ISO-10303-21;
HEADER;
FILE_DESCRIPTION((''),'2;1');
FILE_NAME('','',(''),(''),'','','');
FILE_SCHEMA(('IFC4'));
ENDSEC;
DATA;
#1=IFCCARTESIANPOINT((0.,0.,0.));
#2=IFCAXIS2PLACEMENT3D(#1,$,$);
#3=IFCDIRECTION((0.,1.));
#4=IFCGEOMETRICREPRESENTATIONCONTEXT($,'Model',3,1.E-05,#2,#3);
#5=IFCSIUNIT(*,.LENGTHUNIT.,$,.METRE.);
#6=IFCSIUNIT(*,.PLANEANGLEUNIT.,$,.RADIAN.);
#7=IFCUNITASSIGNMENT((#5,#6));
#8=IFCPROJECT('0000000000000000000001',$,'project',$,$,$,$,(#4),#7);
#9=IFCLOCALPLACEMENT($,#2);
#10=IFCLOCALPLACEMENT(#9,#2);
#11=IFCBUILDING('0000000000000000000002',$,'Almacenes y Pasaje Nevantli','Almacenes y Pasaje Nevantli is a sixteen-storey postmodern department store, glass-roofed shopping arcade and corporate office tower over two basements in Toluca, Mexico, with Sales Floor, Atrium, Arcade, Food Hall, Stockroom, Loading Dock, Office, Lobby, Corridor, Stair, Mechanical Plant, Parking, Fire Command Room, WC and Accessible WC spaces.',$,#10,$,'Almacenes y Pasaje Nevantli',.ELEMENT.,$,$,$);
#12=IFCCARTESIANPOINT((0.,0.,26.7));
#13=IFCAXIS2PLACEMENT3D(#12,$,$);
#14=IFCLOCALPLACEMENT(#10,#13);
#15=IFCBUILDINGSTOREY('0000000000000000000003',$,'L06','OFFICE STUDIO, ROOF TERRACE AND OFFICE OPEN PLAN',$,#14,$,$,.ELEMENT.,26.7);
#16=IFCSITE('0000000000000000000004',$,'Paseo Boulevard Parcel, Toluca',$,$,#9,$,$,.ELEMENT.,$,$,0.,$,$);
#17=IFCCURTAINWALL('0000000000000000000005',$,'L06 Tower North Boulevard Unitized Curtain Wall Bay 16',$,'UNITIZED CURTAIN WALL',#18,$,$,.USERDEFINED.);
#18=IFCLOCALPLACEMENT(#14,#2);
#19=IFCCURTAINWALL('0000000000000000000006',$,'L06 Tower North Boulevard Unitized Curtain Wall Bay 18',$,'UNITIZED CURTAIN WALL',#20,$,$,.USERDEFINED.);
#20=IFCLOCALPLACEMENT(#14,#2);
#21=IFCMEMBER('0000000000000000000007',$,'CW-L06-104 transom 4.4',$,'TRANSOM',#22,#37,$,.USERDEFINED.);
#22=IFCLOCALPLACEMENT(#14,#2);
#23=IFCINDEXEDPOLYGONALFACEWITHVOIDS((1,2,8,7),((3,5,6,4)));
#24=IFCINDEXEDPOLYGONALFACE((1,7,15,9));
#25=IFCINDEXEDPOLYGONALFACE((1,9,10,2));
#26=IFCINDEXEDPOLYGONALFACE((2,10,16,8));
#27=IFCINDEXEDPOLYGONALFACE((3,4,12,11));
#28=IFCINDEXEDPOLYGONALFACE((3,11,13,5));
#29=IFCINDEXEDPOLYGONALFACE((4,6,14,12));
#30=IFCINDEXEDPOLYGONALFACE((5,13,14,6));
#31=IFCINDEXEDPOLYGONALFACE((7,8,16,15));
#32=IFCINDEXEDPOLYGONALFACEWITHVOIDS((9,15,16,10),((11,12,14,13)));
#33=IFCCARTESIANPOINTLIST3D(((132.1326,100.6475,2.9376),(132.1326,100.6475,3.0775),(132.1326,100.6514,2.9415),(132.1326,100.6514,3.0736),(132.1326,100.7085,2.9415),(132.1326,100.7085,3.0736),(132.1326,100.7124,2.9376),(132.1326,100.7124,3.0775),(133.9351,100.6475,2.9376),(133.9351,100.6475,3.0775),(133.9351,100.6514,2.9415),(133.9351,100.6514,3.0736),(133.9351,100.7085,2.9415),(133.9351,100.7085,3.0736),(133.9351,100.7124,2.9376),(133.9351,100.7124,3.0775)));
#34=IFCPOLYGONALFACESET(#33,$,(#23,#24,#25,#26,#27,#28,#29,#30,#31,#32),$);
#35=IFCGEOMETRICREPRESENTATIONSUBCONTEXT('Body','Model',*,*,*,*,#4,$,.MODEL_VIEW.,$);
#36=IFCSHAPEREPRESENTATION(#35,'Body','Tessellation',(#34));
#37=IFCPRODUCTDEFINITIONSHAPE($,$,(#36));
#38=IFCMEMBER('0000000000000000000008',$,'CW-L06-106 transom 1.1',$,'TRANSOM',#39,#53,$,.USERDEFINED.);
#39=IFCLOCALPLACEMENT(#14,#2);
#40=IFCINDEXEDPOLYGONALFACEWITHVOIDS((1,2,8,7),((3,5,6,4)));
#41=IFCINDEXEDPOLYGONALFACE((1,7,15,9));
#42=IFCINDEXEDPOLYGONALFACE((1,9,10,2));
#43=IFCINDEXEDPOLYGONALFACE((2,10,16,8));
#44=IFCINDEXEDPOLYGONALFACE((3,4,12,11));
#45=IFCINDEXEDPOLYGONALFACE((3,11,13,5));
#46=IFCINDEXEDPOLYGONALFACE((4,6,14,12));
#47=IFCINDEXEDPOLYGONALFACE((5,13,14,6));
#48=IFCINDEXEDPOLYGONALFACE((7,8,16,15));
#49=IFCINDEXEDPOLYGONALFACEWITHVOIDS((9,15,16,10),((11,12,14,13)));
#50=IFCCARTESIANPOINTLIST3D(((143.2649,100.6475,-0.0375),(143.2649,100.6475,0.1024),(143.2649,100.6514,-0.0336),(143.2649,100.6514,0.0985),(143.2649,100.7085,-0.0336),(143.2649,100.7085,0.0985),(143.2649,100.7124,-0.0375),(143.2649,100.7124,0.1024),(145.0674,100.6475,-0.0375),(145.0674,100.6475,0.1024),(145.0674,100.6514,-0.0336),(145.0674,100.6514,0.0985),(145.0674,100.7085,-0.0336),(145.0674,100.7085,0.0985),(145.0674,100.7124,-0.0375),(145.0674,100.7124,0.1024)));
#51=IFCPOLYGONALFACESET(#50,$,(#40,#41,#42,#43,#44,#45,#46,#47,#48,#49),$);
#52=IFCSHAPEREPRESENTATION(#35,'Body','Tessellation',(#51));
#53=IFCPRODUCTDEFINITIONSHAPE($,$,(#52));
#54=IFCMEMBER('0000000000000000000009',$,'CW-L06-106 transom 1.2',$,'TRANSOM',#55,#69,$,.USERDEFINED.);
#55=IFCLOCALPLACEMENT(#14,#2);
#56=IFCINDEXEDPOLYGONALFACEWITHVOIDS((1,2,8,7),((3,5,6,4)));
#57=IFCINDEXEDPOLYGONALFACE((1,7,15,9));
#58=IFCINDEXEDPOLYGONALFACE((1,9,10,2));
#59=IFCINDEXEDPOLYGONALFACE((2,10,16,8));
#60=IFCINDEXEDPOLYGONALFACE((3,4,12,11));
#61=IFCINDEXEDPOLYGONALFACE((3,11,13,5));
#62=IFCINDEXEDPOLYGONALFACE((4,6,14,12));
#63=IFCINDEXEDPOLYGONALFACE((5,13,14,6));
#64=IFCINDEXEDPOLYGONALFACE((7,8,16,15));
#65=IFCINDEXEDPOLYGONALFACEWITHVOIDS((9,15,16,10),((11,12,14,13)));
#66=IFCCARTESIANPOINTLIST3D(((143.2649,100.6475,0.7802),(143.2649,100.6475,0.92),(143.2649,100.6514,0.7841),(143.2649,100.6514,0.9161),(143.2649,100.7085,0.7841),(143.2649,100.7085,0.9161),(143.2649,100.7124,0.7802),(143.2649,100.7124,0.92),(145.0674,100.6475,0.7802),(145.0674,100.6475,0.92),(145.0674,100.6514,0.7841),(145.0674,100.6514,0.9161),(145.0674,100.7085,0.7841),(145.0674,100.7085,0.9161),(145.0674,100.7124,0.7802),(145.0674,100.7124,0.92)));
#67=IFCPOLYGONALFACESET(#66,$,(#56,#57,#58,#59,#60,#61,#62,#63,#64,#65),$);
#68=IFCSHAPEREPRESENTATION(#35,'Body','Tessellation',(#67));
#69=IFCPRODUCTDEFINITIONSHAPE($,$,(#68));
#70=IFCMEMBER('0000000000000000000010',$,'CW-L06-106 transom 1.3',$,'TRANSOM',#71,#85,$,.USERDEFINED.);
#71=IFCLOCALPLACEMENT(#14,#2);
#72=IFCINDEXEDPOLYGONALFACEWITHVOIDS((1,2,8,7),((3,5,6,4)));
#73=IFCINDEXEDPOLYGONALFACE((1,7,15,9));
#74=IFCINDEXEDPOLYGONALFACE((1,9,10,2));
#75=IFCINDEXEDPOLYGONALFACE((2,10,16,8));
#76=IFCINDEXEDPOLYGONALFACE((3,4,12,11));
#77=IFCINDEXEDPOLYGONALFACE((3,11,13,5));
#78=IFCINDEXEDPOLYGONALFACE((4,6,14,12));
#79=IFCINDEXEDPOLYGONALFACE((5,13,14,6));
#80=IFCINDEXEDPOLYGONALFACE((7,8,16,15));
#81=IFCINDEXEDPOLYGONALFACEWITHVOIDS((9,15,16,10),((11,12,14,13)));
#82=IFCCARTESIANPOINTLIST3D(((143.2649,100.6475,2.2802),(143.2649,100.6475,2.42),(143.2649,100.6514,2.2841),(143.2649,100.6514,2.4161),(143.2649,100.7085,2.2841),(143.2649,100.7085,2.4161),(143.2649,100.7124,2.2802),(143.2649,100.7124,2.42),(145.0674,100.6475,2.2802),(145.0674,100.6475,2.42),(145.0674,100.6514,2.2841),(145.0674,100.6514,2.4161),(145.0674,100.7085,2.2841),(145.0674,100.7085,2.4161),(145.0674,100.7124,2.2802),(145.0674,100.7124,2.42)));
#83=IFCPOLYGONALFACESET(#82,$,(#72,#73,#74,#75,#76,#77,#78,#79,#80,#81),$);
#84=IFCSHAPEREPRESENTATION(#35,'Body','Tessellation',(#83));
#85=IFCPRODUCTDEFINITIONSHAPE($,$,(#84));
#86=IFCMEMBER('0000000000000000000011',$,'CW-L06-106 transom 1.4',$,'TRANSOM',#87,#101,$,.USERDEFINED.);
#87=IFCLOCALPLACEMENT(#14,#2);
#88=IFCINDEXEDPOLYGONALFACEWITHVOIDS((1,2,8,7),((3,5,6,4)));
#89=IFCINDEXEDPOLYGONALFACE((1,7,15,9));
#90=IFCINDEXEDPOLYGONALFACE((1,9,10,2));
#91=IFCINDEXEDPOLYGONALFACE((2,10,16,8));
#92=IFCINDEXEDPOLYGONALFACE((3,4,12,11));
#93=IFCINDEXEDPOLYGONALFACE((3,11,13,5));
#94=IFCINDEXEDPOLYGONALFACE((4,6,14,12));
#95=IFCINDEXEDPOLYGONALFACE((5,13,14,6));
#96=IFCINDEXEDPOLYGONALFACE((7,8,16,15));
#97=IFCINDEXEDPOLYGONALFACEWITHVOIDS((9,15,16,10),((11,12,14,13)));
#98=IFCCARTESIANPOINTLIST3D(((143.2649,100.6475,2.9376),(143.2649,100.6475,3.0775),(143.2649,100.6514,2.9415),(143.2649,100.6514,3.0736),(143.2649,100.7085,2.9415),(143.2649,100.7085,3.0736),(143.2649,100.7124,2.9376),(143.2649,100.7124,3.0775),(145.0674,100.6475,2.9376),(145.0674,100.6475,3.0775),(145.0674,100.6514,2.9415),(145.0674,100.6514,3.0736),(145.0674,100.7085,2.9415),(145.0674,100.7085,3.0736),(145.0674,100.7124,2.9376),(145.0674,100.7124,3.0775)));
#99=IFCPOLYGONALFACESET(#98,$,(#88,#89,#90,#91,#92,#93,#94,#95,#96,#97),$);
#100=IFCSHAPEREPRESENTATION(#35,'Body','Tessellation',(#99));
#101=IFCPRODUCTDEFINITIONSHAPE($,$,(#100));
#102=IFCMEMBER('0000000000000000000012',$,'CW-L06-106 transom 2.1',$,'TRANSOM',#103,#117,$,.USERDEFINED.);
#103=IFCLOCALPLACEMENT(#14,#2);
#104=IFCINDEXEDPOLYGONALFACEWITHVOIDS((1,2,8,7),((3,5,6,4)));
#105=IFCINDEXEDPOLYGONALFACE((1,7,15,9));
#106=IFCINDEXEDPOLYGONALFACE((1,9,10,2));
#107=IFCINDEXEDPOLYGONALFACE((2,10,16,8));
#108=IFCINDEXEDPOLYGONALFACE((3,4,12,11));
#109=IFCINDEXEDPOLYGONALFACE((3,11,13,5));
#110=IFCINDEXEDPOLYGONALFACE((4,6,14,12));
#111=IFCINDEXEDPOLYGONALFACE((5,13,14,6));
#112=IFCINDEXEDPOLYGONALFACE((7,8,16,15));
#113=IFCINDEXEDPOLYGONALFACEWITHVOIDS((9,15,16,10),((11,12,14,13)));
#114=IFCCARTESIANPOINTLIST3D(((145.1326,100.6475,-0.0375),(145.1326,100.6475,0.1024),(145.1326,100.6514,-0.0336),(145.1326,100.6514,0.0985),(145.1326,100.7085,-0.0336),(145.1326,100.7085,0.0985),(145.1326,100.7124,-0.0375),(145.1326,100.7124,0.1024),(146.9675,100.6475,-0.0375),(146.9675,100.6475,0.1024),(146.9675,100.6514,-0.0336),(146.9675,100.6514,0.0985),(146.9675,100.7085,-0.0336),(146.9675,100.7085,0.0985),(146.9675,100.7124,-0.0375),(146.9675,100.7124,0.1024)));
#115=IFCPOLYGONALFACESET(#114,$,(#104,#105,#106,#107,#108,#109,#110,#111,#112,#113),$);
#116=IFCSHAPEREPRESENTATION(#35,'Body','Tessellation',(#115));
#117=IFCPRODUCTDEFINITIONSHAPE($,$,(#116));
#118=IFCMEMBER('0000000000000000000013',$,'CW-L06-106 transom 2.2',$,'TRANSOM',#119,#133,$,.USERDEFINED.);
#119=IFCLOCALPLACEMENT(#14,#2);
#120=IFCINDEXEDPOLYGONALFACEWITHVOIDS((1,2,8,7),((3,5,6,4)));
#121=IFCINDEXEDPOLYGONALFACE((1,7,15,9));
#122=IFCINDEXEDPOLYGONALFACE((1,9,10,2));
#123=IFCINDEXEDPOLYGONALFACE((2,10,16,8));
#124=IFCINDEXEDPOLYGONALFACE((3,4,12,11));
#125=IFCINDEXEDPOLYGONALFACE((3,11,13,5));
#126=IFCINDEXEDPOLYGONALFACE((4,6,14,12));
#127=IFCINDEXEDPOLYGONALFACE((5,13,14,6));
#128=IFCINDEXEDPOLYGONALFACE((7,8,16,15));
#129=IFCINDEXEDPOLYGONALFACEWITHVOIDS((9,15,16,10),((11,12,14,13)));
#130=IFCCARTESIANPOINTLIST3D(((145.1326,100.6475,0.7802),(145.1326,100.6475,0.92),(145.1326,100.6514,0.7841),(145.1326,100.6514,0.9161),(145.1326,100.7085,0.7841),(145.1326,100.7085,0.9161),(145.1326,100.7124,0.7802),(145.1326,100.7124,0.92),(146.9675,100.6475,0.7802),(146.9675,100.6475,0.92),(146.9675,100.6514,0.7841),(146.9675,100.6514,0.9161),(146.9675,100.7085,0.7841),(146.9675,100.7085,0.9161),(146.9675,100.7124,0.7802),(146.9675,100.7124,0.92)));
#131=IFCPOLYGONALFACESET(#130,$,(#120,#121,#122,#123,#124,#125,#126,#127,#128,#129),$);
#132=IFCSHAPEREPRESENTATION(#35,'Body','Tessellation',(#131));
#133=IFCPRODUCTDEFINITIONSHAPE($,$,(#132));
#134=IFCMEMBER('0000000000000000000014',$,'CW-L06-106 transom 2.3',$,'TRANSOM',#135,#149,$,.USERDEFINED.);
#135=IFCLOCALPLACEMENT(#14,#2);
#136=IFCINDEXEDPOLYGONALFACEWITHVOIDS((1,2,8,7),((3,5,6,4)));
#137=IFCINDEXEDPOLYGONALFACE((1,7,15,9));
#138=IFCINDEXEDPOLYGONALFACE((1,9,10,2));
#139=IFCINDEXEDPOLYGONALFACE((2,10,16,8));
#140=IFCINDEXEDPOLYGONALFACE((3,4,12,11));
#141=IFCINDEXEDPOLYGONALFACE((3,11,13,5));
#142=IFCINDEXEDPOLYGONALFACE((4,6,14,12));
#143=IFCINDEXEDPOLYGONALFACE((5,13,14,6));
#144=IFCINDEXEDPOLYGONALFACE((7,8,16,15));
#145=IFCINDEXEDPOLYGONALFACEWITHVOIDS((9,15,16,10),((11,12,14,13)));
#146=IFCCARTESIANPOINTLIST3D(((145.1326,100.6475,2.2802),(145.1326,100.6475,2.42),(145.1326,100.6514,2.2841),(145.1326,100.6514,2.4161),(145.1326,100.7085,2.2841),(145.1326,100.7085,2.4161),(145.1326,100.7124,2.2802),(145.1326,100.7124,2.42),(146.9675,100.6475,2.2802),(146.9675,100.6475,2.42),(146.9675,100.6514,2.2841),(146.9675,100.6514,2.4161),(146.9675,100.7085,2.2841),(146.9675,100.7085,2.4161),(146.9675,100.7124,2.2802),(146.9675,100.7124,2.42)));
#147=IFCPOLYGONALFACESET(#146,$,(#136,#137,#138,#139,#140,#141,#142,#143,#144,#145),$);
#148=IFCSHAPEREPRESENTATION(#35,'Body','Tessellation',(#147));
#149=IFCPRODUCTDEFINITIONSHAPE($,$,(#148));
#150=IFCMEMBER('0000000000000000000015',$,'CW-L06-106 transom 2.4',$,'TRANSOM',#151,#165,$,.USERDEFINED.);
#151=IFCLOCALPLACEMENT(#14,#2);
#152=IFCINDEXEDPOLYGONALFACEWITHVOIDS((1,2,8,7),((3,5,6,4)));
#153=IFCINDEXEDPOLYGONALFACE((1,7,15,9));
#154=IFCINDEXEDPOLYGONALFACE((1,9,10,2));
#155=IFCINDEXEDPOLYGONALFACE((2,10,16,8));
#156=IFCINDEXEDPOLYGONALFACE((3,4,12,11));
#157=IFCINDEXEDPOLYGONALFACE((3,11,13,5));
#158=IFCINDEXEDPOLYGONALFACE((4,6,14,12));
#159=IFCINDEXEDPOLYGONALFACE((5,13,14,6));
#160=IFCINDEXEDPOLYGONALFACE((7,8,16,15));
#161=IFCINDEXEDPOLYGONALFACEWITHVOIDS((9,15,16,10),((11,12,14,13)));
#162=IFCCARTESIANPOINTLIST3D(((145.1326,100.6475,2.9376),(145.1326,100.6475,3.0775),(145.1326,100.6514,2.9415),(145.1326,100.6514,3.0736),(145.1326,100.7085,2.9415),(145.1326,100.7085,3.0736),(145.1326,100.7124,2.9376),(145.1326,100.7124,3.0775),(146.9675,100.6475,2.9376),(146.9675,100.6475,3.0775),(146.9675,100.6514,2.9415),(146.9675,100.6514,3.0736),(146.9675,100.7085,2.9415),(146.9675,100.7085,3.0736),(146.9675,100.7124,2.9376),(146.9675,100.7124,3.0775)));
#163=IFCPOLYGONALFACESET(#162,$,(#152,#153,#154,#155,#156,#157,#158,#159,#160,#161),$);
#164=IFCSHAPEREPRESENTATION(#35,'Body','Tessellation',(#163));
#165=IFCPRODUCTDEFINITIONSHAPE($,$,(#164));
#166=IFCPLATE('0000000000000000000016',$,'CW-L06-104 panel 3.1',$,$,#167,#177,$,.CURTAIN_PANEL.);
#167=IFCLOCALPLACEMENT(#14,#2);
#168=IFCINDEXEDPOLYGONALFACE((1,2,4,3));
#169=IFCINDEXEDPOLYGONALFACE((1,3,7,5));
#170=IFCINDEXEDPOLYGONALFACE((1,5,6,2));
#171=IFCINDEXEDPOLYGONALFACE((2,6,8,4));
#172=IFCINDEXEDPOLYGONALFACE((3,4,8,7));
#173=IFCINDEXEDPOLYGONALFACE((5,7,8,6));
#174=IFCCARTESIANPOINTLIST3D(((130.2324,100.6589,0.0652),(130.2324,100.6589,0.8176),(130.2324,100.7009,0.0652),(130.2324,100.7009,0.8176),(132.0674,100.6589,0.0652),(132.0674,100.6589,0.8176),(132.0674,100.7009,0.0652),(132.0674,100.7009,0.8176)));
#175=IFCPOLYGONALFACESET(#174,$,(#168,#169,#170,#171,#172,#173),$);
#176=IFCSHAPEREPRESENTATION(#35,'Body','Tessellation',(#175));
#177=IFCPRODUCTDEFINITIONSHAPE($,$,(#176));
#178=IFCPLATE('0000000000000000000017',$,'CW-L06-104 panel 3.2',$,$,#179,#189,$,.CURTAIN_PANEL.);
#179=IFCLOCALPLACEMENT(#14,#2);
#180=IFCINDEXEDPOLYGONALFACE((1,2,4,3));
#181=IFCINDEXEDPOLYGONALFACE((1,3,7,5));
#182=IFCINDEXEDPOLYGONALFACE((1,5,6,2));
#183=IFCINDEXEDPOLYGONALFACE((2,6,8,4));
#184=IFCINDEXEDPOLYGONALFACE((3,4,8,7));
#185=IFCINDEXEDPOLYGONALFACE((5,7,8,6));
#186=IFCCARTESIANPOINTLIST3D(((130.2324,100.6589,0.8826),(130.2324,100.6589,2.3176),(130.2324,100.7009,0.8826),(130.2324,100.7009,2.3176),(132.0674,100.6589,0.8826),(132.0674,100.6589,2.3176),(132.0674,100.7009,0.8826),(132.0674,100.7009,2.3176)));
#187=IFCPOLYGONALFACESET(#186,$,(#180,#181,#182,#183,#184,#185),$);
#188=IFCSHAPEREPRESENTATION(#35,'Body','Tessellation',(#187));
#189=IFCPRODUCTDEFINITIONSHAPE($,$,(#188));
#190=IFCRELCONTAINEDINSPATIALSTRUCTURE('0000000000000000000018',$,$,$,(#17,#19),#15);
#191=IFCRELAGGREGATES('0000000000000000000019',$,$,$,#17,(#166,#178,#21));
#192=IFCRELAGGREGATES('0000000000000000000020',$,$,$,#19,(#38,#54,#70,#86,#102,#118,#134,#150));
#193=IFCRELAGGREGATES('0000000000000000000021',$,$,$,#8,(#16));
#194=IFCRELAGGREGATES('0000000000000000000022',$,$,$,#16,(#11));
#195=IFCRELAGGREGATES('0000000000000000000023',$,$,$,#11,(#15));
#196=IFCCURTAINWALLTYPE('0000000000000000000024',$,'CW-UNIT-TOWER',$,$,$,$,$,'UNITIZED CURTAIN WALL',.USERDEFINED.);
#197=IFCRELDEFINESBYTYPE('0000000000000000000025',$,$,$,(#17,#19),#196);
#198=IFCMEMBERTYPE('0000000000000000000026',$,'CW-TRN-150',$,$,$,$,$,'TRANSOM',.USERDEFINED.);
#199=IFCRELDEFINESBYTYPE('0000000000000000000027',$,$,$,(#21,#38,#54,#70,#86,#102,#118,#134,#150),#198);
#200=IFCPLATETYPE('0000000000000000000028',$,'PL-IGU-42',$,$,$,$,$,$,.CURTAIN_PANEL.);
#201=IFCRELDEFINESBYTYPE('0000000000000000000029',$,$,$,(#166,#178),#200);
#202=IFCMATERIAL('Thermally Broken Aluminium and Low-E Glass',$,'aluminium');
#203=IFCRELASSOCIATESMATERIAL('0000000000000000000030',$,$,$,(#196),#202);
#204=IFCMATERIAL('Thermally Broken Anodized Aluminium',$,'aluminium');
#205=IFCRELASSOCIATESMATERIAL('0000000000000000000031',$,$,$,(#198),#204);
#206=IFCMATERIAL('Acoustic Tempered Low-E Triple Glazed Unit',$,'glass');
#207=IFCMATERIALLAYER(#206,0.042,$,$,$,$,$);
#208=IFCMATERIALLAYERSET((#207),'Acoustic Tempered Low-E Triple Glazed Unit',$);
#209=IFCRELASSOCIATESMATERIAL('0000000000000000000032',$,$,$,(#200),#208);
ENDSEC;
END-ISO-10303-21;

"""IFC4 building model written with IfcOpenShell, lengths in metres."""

from ifc_helpers import new_model, si_unit, direction, frame, origin, origin_2d, place, context, subcontext, project, spatial, rectangle, hollow_rectangle, extrude, material, layer, layer_set, material_profile, profile_set, type_object, element, aggregate, save


model = new_model("IFC4")

# Units and contexts
model_context = context("Model", 3, precision=1e-05, world=origin(), true_north=direction((0.0, 1.0)))
body_context = subcontext(model_context, "Body", "Model", "MODEL_VIEW")
ifc_project = project(units=[si_unit("LENGTHUNIT", "METRE"), si_unit("PLANEANGLEUNIT", "RADIAN")], contexts=[model_context])

# Site, building, storey
site_placement = place(None, origin())
site = spatial("IfcSite", under=ifc_project, at=site_placement, Name="Paseo Boulevard Parcel, Toluca", CompositionType="ELEMENT", RefElevation=0.0)
building_placement = place(site_placement, origin())
building = spatial("IfcBuilding", under=site, at=building_placement, Name="Almacenes y Pasaje Nevantli", Description="Almacenes y Pasaje Nevantli is a sixteen-storey postmodern department store, glass-roofed shopping arcade and corporate office tower over two basements in Toluca, Mexico, with Sales Floor, Atrium, Arcade, Food Hall, Stockroom, Loading Dock, Office, Lobby, Corridor, Stair, Mechanical Plant, Parking, Fire Command Room, WC and Accessible WC spaces.", LongName="Almacenes y Pasaje Nevantli", CompositionType="ELEMENT")
storey_placement = place(building_placement, frame((0.0, 0.0, 26.7)))
storey = spatial("IfcBuildingStorey", under=building, at=storey_placement, Name="L06", Description="OFFICE STUDIO, ROOF TERRACE AND OFFICE OPEN PLAN", CompositionType="ELEMENT", Elevation=26.7)

# Curtain walls
ifc_material_1 = material(Name="Thermally Broken Aluminium and Low-E Glass", Category="aluminium")
curtain_wall_type = type_object("IfcCurtainWallType", Name="CW-UNIT-TOWER", ElementType="UNITIZED CURTAIN WALL", PredefinedType="USERDEFINED", material=ifc_material_1)
curtain_wall_1_placement = place(storey_placement, origin())
curtain_wall_1 = element("IfcCurtainWall", 1, at=curtain_wall_1_placement, inside=storey, type_object=curtain_wall_type, Name="L06 Tower North Boulevard Unitized Curtain Wall Bay 16", ObjectType="UNITIZED CURTAIN WALL", PredefinedType="USERDEFINED")
curtain_wall_2_placement = place(storey_placement, origin())
curtain_wall_2 = element("IfcCurtainWall", 2, at=curtain_wall_2_placement, inside=storey, type_object=curtain_wall_type, Name="L06 Tower North Boulevard Unitized Curtain Wall Bay 18", ObjectType="UNITIZED CURTAIN WALL", PredefinedType="USERDEFINED")

# Members
ifc_material_2 = material(Name="Thermally Broken Anodized Aluminium", Category="aluminium")
ifc_material_profile_1 = material_profile(ifc_material_2, hollow_rectangle(XDim=0.0649, YDim=0.1399, WallThickness=0.0039, at=origin_2d()), Name="ALU-TRN-65x140")
ifc_profile_set_1 = profile_set([ifc_material_profile_1], Name="Thermally Broken Anodized Aluminium")
member_type_1 = type_object("IfcMemberType", Name="CW-TRN-150", ElementType="TRANSOM", PredefinedType="USERDEFINED", material=ifc_profile_set_1)
member_1_placement = place(storey_placement, frame((132.1326, 100.6799, 3.0076), z_axis=(1.0, 0.0, 0.0), x_axis=(0.0, 1.0, 0.0)))
member_1 = element("IfcMember", 3, at=member_1_placement, type_object=member_type_1, Name="CW-L06-104 transom 4.4", ObjectType="TRANSOM", PredefinedType="USERDEFINED", context=body_context, shape_type="SweptSolid", body=[
    extrude(hollow_rectangle(XDim=0.0649, YDim=0.1399, WallThickness=0.0039, at=origin_2d()), origin(), (0.0, 0.0, 1.0), 1.8025),
])
member_2_placement = place(storey_placement, frame((143.2649, 100.6799, 0.0325), z_axis=(1.0, 0.0, 0.0), x_axis=(0.0, 1.0, 0.0)))
member_2 = element("IfcMember", 4, at=member_2_placement, type_object=member_type_1, Name="CW-L06-106 transom 1.1", ObjectType="TRANSOM", PredefinedType="USERDEFINED", context=body_context, shape_type="SweptSolid", body=[
    extrude(hollow_rectangle(XDim=0.0649, YDim=0.1399, WallThickness=0.0039, at=origin_2d()), origin(), (0.0, 0.0, 1.0), 1.8025),
])
member_3_placement = place(storey_placement, frame((143.2649, 100.6799, 0.8501), z_axis=(1.0, 0.0, 0.0), x_axis=(0.0, 1.0, 0.0)))
member_3 = element("IfcMember", 5, at=member_3_placement, type_object=member_type_1, Name="CW-L06-106 transom 1.2", ObjectType="TRANSOM", PredefinedType="USERDEFINED", context=body_context, shape_type="SweptSolid", body=[
    extrude(hollow_rectangle(XDim=0.0649, YDim=0.1399, WallThickness=0.0039, at=origin_2d()), origin(), (0.0, 0.0, 1.0), 1.8025),
])
member_4_placement = place(storey_placement, frame((143.2649, 100.6799, 2.3501), z_axis=(1.0, 0.0, 0.0), x_axis=(0.0, 1.0, 0.0)))
member_4 = element("IfcMember", 6, at=member_4_placement, type_object=member_type_1, Name="CW-L06-106 transom 1.3", ObjectType="TRANSOM", PredefinedType="USERDEFINED", context=body_context, shape_type="SweptSolid", body=[
    extrude(hollow_rectangle(XDim=0.0649, YDim=0.1399, WallThickness=0.0039, at=origin_2d()), origin(), (0.0, 0.0, 1.0), 1.8025),
])
member_5_placement = place(storey_placement, frame((143.2649, 100.6799, 3.0076), z_axis=(1.0, 0.0, 0.0), x_axis=(0.0, 1.0, 0.0)))
member_5 = element("IfcMember", 7, at=member_5_placement, type_object=member_type_1, Name="CW-L06-106 transom 1.4", ObjectType="TRANSOM", PredefinedType="USERDEFINED", context=body_context, shape_type="SweptSolid", body=[
    extrude(hollow_rectangle(XDim=0.0649, YDim=0.1399, WallThickness=0.0039, at=origin_2d()), origin(), (0.0, 0.0, 1.0), 1.8025),
])
member_6_placement = place(storey_placement, frame((145.1326, 100.6799, 0.0325), z_axis=(1.0, 0.0, 0.0), x_axis=(0.0, 1.0, 0.0)))
member_6 = element("IfcMember", 8, at=member_6_placement, type_object=member_type_1, Name="CW-L06-106 transom 2.1", ObjectType="TRANSOM", PredefinedType="USERDEFINED", context=body_context, shape_type="SweptSolid", body=[
    extrude(hollow_rectangle(XDim=0.0649, YDim=0.1399, WallThickness=0.0039, at=origin_2d()), origin(), (0.0, 0.0, 1.0), 1.835),
])
member_7_placement = place(storey_placement, frame((145.1326, 100.6799, 0.8501), z_axis=(1.0, 0.0, 0.0), x_axis=(0.0, 1.0, 0.0)))
member_7 = element("IfcMember", 9, at=member_7_placement, type_object=member_type_1, Name="CW-L06-106 transom 2.2", ObjectType="TRANSOM", PredefinedType="USERDEFINED", context=body_context, shape_type="SweptSolid", body=[
    extrude(hollow_rectangle(XDim=0.0649, YDim=0.1399, WallThickness=0.0039, at=origin_2d()), origin(), (0.0, 0.0, 1.0), 1.835),
])
member_8_placement = place(storey_placement, frame((145.1326, 100.6799, 2.3501), z_axis=(1.0, 0.0, 0.0), x_axis=(0.0, 1.0, 0.0)))
member_8 = element("IfcMember", 10, at=member_8_placement, type_object=member_type_1, Name="CW-L06-106 transom 2.3", ObjectType="TRANSOM", PredefinedType="USERDEFINED", context=body_context, shape_type="SweptSolid", body=[
    extrude(hollow_rectangle(XDim=0.0649, YDim=0.1399, WallThickness=0.0039, at=origin_2d()), origin(), (0.0, 0.0, 1.0), 1.835),
])
member_9_placement = place(storey_placement, frame((145.1326, 100.6799, 3.0076), z_axis=(1.0, 0.0, 0.0), x_axis=(0.0, 1.0, 0.0)))
member_9 = element("IfcMember", 11, at=member_9_placement, type_object=member_type_1, Name="CW-L06-106 transom 2.4", ObjectType="TRANSOM", PredefinedType="USERDEFINED", context=body_context, shape_type="SweptSolid", body=[
    extrude(hollow_rectangle(XDim=0.0649, YDim=0.1399, WallThickness=0.0039, at=origin_2d()), origin(), (0.0, 0.0, 1.0), 1.835),
])

# Plates
ifc_material_3 = material(Name="Acoustic Tempered Low-E Triple Glazed Unit", Category="glass")
ifc_layer = layer(ifc_material_3, 0.042)
ifc_layer_set = layer_set([ifc_layer], Name="Acoustic Tempered Low-E Triple Glazed Unit")
plate_type = type_object("IfcPlateType", Name="PL-IGU-42", PredefinedType="CURTAIN_PANEL", material=ifc_layer_set)
plate_1_placement = place(storey_placement, frame((131.1499, 100.6799, 0.0652), z_axis=(0.0, 0.0, 1.0), x_axis=(1.0, 0.0, 0.0)))
plate_1 = element("IfcPlate", 12, at=plate_1_placement, type_object=plate_type, Name="CW-L06-104 panel 3.1", PredefinedType="CURTAIN_PANEL", context=body_context, shape_type="SweptSolid", body=[
    extrude(rectangle(XDim=1.835, YDim=0.042, at=origin_2d()), origin(), (0.0, 0.0, 1.0), 0.7524),
])
plate_2_placement = place(storey_placement, frame((131.1499, 100.6799, 0.8826), z_axis=(0.0, 0.0, 1.0), x_axis=(1.0, 0.0, 0.0)))
plate_2 = element("IfcPlate", 13, at=plate_2_placement, type_object=plate_type, Name="CW-L06-104 panel 3.2", PredefinedType="CURTAIN_PANEL", context=body_context, shape_type="SweptSolid", body=[
    extrude(rectangle(XDim=1.835, YDim=0.042, at=origin_2d()), origin(), (0.0, 0.0, 1.0), 1.4351),
])
aggregate(curtain_wall_1, [plate_1, plate_2, member_1])
aggregate(curtain_wall_2, [member_2, member_3, member_4, member_5, member_6, member_7, member_8, member_9])

save(model, "model.ifc")
